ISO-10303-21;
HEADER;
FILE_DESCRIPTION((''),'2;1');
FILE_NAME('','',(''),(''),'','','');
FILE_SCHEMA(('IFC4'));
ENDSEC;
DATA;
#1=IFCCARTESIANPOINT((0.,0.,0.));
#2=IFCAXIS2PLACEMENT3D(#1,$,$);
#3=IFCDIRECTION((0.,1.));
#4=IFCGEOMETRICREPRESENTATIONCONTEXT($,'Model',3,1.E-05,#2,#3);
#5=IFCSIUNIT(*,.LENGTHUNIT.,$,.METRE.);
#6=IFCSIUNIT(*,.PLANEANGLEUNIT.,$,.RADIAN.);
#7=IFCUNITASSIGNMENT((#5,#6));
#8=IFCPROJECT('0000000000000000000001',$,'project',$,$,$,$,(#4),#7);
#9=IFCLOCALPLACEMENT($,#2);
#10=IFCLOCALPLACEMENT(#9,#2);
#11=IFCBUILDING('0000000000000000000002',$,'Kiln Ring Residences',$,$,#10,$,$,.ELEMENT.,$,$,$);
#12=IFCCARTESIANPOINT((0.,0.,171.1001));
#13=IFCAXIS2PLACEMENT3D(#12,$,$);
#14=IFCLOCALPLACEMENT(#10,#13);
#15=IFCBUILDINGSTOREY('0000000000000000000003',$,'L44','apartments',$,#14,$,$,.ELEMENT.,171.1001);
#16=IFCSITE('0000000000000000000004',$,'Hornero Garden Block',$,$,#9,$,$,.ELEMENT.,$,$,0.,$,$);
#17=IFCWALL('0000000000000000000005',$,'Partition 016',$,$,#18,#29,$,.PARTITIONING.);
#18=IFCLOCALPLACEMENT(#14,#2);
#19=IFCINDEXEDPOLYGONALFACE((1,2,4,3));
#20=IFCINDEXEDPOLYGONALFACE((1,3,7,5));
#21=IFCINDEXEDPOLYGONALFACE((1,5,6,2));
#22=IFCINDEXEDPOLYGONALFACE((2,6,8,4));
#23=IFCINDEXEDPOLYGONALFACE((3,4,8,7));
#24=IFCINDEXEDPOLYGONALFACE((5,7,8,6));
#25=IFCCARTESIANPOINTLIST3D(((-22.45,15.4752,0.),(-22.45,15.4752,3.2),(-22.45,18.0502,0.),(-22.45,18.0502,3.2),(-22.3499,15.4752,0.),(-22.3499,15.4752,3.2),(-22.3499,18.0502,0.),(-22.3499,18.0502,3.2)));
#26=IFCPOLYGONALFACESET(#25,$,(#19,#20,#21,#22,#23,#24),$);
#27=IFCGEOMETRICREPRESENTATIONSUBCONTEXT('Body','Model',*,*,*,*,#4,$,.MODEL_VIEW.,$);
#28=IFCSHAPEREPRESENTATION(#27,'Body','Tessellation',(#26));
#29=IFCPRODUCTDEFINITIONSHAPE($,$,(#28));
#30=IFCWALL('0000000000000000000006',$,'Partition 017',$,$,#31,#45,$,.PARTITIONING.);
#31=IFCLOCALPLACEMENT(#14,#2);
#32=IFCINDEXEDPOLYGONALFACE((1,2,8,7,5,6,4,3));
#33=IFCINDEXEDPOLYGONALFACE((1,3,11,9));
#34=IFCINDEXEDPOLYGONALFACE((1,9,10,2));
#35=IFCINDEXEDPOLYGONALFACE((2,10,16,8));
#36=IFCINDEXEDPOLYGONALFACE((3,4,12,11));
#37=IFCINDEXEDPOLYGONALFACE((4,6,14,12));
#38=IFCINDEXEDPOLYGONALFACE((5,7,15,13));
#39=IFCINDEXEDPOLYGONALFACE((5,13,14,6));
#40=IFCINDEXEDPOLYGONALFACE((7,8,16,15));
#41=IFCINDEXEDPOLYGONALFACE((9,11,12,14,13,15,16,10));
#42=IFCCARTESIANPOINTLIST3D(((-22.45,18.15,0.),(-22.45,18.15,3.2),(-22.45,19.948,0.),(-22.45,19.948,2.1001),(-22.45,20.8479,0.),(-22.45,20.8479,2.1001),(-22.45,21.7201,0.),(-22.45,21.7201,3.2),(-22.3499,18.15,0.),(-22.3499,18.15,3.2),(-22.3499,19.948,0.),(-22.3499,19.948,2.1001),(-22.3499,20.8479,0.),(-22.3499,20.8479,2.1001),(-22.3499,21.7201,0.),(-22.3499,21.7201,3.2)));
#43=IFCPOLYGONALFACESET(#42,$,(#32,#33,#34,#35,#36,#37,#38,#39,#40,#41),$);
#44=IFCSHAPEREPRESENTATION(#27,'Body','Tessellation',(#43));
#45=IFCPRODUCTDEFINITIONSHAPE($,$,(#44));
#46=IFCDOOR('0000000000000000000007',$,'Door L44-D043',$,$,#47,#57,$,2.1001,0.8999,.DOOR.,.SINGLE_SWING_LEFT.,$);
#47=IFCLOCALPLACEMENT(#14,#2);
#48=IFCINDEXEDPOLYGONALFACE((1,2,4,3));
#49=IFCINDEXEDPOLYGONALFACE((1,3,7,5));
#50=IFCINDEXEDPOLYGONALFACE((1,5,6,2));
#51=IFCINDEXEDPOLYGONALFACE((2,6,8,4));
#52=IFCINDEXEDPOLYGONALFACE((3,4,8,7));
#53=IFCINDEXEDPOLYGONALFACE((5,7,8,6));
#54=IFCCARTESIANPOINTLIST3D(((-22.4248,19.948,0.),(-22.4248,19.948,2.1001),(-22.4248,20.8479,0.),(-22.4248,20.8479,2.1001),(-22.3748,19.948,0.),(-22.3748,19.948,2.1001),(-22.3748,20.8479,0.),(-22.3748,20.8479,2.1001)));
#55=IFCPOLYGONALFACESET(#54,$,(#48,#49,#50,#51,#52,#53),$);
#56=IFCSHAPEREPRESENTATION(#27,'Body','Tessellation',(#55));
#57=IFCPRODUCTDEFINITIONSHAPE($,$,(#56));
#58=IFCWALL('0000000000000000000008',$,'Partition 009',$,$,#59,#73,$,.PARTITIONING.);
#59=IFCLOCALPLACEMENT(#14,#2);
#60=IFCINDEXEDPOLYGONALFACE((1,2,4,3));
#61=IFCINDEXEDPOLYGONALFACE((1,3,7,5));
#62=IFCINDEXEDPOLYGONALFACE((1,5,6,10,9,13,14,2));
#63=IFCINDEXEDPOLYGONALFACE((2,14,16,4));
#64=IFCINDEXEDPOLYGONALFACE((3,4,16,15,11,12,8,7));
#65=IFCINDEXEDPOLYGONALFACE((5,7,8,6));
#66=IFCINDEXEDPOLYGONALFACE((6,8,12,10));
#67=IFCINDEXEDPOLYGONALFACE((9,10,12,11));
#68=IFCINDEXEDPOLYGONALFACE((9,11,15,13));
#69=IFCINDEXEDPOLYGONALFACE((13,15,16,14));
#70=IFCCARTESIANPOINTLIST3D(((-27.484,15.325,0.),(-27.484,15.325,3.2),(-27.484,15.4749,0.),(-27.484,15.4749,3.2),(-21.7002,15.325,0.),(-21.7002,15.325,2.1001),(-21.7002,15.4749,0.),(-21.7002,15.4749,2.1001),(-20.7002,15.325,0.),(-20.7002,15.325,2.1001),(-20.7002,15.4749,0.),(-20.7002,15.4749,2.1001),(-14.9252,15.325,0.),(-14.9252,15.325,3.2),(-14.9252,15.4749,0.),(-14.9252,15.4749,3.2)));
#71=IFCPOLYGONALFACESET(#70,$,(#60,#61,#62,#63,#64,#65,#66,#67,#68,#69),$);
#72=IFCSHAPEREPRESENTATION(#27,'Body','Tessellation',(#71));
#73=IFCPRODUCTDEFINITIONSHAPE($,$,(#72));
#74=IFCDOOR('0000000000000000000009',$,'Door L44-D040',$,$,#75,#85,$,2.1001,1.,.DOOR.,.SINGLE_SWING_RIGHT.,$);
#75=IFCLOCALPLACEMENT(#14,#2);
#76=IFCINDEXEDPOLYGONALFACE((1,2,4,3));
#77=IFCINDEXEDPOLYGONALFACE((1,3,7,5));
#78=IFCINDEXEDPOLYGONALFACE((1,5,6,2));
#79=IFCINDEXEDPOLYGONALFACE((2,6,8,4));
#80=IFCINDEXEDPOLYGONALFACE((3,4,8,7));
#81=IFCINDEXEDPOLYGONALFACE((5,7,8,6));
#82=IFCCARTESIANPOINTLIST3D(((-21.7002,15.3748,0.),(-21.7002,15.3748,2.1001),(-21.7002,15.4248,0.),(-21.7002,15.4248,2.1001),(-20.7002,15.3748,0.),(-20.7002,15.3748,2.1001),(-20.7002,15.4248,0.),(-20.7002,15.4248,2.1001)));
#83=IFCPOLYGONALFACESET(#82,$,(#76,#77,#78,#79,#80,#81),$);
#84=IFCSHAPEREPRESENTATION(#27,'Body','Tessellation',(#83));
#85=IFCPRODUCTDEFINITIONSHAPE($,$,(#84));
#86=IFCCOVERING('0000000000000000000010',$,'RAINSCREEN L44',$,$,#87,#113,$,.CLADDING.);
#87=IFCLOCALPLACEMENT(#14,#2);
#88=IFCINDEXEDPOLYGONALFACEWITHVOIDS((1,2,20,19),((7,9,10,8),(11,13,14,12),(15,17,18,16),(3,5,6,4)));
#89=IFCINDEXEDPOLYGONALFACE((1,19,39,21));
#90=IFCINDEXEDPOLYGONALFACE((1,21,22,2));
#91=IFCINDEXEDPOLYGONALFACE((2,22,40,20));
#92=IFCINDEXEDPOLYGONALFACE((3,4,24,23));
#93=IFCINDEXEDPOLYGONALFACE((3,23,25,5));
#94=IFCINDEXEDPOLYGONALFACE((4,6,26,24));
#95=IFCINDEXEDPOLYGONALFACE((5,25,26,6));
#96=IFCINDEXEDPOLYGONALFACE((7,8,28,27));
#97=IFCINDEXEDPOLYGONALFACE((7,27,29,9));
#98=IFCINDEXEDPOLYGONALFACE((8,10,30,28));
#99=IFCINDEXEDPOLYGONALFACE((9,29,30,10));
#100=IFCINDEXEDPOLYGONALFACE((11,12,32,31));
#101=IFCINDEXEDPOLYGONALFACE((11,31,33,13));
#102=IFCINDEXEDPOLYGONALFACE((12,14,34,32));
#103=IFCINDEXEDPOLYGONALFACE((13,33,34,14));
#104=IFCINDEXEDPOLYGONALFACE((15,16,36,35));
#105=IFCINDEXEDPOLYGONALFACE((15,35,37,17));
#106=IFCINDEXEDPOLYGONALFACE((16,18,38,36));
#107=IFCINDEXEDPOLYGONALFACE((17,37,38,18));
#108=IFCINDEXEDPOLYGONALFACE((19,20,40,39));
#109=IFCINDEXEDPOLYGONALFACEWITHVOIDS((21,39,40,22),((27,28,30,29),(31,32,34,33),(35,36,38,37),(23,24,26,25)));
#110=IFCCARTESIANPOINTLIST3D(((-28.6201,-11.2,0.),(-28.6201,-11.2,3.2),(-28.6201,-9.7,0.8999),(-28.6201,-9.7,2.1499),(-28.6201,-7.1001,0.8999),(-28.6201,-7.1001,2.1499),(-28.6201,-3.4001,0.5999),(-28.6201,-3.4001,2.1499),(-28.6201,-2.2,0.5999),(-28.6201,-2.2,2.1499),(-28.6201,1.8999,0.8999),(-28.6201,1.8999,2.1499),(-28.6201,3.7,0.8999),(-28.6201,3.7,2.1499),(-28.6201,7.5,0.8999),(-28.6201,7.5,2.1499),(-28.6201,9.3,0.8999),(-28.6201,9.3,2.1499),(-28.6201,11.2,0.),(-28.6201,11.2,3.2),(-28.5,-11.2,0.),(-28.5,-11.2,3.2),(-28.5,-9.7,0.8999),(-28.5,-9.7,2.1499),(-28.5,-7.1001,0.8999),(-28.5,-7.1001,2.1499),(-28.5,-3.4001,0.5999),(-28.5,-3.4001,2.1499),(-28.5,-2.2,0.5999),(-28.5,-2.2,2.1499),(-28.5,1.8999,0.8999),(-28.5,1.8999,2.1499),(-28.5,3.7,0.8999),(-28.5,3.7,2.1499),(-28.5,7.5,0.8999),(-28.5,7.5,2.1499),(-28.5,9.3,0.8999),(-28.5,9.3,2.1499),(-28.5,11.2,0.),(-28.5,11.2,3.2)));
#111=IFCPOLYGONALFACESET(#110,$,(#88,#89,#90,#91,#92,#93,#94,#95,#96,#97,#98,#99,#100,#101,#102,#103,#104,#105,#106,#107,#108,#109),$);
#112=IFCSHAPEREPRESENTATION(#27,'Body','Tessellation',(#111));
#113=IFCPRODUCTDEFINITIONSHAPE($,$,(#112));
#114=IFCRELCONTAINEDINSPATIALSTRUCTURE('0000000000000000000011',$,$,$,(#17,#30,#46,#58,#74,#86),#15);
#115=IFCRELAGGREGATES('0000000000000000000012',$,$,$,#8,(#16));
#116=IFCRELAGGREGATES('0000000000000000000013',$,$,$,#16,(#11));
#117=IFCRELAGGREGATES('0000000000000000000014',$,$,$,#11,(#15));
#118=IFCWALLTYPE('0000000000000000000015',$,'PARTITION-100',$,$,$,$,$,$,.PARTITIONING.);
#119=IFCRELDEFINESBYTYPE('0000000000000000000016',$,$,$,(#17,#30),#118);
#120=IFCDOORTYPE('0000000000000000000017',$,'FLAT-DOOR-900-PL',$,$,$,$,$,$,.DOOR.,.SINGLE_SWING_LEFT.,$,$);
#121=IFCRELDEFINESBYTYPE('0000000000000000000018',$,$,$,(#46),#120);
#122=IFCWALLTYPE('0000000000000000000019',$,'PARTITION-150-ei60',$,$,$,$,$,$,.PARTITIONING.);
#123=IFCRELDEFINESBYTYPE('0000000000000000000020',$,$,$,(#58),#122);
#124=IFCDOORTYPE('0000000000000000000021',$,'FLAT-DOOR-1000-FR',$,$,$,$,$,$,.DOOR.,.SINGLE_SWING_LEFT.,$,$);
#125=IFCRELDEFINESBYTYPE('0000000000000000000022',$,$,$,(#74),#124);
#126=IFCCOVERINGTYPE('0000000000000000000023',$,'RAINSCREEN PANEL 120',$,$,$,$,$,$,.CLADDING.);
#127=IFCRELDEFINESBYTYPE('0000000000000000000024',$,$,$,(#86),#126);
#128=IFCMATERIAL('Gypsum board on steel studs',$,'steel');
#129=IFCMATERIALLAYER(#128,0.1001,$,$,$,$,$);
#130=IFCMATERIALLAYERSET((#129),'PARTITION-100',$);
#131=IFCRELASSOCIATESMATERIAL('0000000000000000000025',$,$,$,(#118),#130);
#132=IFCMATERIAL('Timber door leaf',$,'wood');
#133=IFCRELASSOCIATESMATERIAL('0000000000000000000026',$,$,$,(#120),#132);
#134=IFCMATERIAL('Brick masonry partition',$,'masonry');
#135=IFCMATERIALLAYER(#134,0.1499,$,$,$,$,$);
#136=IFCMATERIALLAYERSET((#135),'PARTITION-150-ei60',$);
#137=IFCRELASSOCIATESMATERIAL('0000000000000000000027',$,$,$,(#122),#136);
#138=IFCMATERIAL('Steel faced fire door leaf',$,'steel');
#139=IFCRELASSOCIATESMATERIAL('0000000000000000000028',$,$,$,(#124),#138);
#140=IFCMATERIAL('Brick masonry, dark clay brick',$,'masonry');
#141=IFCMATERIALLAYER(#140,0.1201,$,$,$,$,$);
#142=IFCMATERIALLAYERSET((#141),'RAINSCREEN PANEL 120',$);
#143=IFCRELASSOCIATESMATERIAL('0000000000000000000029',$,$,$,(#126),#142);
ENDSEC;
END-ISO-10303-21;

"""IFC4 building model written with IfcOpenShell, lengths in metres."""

from ifc_helpers import new_model, si_unit, direction, frame, frame_2d, origin, place, context, subcontext, project, spatial, polyline, rectangle, outline, extrude, material, layer, layer_set, type_object, element, fill, save


model = new_model("IFC4")

# Units and contexts
model_context = context("Model", 3, precision=1e-05, world=origin(), true_north=direction((0.0, 1.0)))
body_context = subcontext(model_context, "Body", "Model", "MODEL_VIEW")
ifc_project = project(units=[si_unit("LENGTHUNIT", "METRE"), si_unit("PLANEANGLEUNIT", "RADIAN")], contexts=[model_context])

# Site, building, storey
site_placement = place(None, origin())
site = spatial("IfcSite", under=ifc_project, at=site_placement, Name="Hornero Garden Block", CompositionType="ELEMENT", RefElevation=0.0)
building_placement = place(site_placement, origin())
building = spatial("IfcBuilding", under=site, at=building_placement, Name="Kiln Ring Residences", CompositionType="ELEMENT")
storey_placement = place(building_placement, frame((0.0, 0.0, 171.1001)))
storey = spatial("IfcBuildingStorey", under=building, at=storey_placement, Name="L44", Description="apartments", CompositionType="ELEMENT", Elevation=171.1001)

# Shared definitions
ifc_material_1 = material(Name="Gypsum board on steel studs", Category="steel")
ifc_layer_1 = layer(ifc_material_1, 0.1001)
ifc_layer_set_1 = layer_set([ifc_layer_1], Name="PARTITION-100")
wall_type_1 = type_object("IfcWallType", Name="PARTITION-100", PredefinedType="PARTITIONING", material=ifc_layer_set_1)
ifc_material_2 = material(Name="Timber door leaf", Category="wood")
door_type_1 = type_object("IfcDoorType", Name="FLAT-DOOR-900-PL", OperationType="SINGLE_SWING_LEFT", PredefinedType="DOOR", material=ifc_material_2)

# Wall
wall_1_placement = place(storey_placement, frame((-22.3999, 15.4751, 0.0), z_axis=(0.0, 0.0, 1.0), x_axis=(0.0, 1.0, 0.0)))
element("IfcWall", 1, at=wall_1_placement, inside=storey, type_object=wall_type_1, Name="Partition 016", PredefinedType="PARTITIONING", context=body_context, shape_type="SweptSolid", body=[
    extrude(rectangle(XDim=2.575, YDim=0.1001, at=frame_2d((1.2876, 0.0))), origin(), (0.0, 0.0, 1.0), 3.2),
])

# Walls, openings, doors
wall_2_placement = place(storey_placement, frame((-22.3999, 18.1499, 0.0), z_axis=(0.0, 0.0, 1.0), x_axis=(0.0, 1.0, 0.0)))
wall_2 = element("IfcWall", 2, at=wall_2_placement, inside=storey, type_object=wall_type_1, Name="Partition 017", PredefinedType="PARTITIONING", context=body_context, shape_type="SweptSolid", body=[
    extrude(rectangle(XDim=3.5701, YDim=0.1001, at=frame_2d((1.7852, 0.0))), origin(), (0.0, 0.0, 1.0), 3.2),
])
opening_1_placement = place(wall_2_placement, frame((1.7981, 0.0, 0.0)))
opening_1 = element("IfcOpeningElement", 3, at=opening_1_placement, cuts=wall_2, PredefinedType="OPENING", context=body_context, shape_type="SweptSolid", body=[
    extrude(rectangle(XDim=0.8999, YDim=2.1001, at=frame_2d((0.45, 1.05))), frame((0.0, 0.0601, 0.0), z_axis=(0.0, -1.0, 0.0), x_axis=(1.0, 0.0, 0.0)), (0.0, 0.0, 1.0), 0.1201),
])
door_1_placement = place(opening_1_placement, origin())
door_1 = element("IfcDoor", 4, at=door_1_placement, inside=storey, type_object=door_type_1, Name="Door L44-D043", OperationType="SINGLE_SWING_LEFT", OverallHeight=2.1001, OverallWidth=0.8999, PredefinedType="DOOR", context=body_context, shape_type="SweptSolid", body=[
    extrude(rectangle(XDim=0.8999, YDim=2.1001, at=frame_2d((0.45, 1.05))), frame((0.0, 0.0249, 0.0), z_axis=(0.0, -1.0, 0.0), x_axis=(1.0, 0.0, 0.0)), (0.0, 0.0, 1.0), 0.05),
])
fill(opening_1, door_1)
ifc_material_3 = material(Name="Brick masonry partition", Category="masonry")
ifc_layer_2 = layer(ifc_material_3, 0.1499)
ifc_layer_set_2 = layer_set([ifc_layer_2], Name="PARTITION-150-ei60")
wall_type_2 = type_object("IfcWallType", Name="PARTITION-150-ei60", PredefinedType="PARTITIONING", material=ifc_layer_set_2)
wall_3_placement = place(storey_placement, frame((-27.4839, 15.3999, 0.0), z_axis=(0.0, 0.0, 1.0), x_axis=(1.0, 0.0, 0.0)))
wall_3 = element("IfcWall", 5, at=wall_3_placement, inside=storey, type_object=wall_type_2, Name="Partition 009", PredefinedType="PARTITIONING", context=body_context, shape_type="SweptSolid", body=[
    extrude(rectangle(XDim=12.5588, YDim=0.1499, at=frame_2d((6.2793, 0.0))), origin(), (0.0, 0.0, 1.0), 3.2),
])
opening_2_placement = place(wall_3_placement, frame((5.7837, 0.0, 0.0)))
opening_2 = element("IfcOpeningElement", 6, at=opening_2_placement, cuts=wall_3, PredefinedType="OPENING", context=body_context, shape_type="SweptSolid", body=[
    extrude(rectangle(XDim=1.0, YDim=2.1001, at=frame_2d((0.5, 1.05))), frame((0.0, 0.085, 0.0), z_axis=(0.0, -1.0, 0.0), x_axis=(1.0, 0.0, 0.0)), (0.0, 0.0, 1.0), 0.1699),
])
ifc_material_4 = material(Name="Steel faced fire door leaf", Category="steel")
door_type_2 = type_object("IfcDoorType", Name="FLAT-DOOR-1000-FR", OperationType="SINGLE_SWING_LEFT", PredefinedType="DOOR", material=ifc_material_4)
door_2_placement = place(opening_2_placement, origin())
door_2 = element("IfcDoor", 7, at=door_2_placement, inside=storey, type_object=door_type_2, Name="Door L44-D040", OperationType="SINGLE_SWING_RIGHT", OverallHeight=2.1001, OverallWidth=1.0, PredefinedType="DOOR", context=body_context, shape_type="SweptSolid", body=[
    extrude(rectangle(XDim=1.0, YDim=2.1001, at=frame_2d((0.5, 1.05))), frame((0.0, 0.0249, 0.0), z_axis=(0.0, -1.0, 0.0), x_axis=(1.0, 0.0, 0.0)), (0.0, 0.0, 1.0), 0.05),
])
fill(opening_2, door_2)

# Covering
ifc_material_5 = material(Name="Brick masonry, dark clay brick", Category="masonry")
ifc_layer_3 = layer(ifc_material_5, 0.1201)
ifc_layer_set_3 = layer_set([ifc_layer_3], Name="RAINSCREEN PANEL 120")
covering_type = type_object("IfcCoveringType", Name="RAINSCREEN PANEL 120", PredefinedType="CLADDING", material=ifc_layer_set_3)
covering_placement = place(storey_placement, frame((-28.5601, 11.2, 0.0), z_axis=(0.0, 0.0, 1.0), x_axis=(0.0, -1.0, 0.0)))
element("IfcCovering", 8, at=covering_placement, inside=storey, type_object=covering_type, Name="RAINSCREEN L44", PredefinedType="CLADDING", context=body_context, shape_type="SweptSolid", body=[
    extrude(outline(polyline([(0.0, 0.0), (22.3999, 0.0), (22.3999, 3.2), (0.0, 3.2), (0.0, 0.0)]), holes=[polyline([(14.6001, 0.5999), (14.6001, 2.1499), (13.3999, 2.1499), (13.3999, 0.5999), (14.6001, 0.5999)]), polyline([(3.7, 0.8999), (3.7, 2.1499), (1.8999, 2.1499), (1.8999, 0.8999), (3.7, 0.8999)]), polyline([(9.3, 0.8999), (9.3, 2.1499), (7.5, 2.1499), (7.5, 0.8999), (9.3, 0.8999)]), polyline([(20.8999, 0.8999), (20.8999, 2.1499), (18.3, 2.1499), (18.3, 0.8999), (20.8999, 0.8999)])]), frame((0.0, 0.0601, 0.0), z_axis=(0.0, -1.0, 0.0), x_axis=(1.0, 0.0, 0.0)), (0.0, 0.0, 1.0), 0.1201),
])

save(model, "model.ifc")
